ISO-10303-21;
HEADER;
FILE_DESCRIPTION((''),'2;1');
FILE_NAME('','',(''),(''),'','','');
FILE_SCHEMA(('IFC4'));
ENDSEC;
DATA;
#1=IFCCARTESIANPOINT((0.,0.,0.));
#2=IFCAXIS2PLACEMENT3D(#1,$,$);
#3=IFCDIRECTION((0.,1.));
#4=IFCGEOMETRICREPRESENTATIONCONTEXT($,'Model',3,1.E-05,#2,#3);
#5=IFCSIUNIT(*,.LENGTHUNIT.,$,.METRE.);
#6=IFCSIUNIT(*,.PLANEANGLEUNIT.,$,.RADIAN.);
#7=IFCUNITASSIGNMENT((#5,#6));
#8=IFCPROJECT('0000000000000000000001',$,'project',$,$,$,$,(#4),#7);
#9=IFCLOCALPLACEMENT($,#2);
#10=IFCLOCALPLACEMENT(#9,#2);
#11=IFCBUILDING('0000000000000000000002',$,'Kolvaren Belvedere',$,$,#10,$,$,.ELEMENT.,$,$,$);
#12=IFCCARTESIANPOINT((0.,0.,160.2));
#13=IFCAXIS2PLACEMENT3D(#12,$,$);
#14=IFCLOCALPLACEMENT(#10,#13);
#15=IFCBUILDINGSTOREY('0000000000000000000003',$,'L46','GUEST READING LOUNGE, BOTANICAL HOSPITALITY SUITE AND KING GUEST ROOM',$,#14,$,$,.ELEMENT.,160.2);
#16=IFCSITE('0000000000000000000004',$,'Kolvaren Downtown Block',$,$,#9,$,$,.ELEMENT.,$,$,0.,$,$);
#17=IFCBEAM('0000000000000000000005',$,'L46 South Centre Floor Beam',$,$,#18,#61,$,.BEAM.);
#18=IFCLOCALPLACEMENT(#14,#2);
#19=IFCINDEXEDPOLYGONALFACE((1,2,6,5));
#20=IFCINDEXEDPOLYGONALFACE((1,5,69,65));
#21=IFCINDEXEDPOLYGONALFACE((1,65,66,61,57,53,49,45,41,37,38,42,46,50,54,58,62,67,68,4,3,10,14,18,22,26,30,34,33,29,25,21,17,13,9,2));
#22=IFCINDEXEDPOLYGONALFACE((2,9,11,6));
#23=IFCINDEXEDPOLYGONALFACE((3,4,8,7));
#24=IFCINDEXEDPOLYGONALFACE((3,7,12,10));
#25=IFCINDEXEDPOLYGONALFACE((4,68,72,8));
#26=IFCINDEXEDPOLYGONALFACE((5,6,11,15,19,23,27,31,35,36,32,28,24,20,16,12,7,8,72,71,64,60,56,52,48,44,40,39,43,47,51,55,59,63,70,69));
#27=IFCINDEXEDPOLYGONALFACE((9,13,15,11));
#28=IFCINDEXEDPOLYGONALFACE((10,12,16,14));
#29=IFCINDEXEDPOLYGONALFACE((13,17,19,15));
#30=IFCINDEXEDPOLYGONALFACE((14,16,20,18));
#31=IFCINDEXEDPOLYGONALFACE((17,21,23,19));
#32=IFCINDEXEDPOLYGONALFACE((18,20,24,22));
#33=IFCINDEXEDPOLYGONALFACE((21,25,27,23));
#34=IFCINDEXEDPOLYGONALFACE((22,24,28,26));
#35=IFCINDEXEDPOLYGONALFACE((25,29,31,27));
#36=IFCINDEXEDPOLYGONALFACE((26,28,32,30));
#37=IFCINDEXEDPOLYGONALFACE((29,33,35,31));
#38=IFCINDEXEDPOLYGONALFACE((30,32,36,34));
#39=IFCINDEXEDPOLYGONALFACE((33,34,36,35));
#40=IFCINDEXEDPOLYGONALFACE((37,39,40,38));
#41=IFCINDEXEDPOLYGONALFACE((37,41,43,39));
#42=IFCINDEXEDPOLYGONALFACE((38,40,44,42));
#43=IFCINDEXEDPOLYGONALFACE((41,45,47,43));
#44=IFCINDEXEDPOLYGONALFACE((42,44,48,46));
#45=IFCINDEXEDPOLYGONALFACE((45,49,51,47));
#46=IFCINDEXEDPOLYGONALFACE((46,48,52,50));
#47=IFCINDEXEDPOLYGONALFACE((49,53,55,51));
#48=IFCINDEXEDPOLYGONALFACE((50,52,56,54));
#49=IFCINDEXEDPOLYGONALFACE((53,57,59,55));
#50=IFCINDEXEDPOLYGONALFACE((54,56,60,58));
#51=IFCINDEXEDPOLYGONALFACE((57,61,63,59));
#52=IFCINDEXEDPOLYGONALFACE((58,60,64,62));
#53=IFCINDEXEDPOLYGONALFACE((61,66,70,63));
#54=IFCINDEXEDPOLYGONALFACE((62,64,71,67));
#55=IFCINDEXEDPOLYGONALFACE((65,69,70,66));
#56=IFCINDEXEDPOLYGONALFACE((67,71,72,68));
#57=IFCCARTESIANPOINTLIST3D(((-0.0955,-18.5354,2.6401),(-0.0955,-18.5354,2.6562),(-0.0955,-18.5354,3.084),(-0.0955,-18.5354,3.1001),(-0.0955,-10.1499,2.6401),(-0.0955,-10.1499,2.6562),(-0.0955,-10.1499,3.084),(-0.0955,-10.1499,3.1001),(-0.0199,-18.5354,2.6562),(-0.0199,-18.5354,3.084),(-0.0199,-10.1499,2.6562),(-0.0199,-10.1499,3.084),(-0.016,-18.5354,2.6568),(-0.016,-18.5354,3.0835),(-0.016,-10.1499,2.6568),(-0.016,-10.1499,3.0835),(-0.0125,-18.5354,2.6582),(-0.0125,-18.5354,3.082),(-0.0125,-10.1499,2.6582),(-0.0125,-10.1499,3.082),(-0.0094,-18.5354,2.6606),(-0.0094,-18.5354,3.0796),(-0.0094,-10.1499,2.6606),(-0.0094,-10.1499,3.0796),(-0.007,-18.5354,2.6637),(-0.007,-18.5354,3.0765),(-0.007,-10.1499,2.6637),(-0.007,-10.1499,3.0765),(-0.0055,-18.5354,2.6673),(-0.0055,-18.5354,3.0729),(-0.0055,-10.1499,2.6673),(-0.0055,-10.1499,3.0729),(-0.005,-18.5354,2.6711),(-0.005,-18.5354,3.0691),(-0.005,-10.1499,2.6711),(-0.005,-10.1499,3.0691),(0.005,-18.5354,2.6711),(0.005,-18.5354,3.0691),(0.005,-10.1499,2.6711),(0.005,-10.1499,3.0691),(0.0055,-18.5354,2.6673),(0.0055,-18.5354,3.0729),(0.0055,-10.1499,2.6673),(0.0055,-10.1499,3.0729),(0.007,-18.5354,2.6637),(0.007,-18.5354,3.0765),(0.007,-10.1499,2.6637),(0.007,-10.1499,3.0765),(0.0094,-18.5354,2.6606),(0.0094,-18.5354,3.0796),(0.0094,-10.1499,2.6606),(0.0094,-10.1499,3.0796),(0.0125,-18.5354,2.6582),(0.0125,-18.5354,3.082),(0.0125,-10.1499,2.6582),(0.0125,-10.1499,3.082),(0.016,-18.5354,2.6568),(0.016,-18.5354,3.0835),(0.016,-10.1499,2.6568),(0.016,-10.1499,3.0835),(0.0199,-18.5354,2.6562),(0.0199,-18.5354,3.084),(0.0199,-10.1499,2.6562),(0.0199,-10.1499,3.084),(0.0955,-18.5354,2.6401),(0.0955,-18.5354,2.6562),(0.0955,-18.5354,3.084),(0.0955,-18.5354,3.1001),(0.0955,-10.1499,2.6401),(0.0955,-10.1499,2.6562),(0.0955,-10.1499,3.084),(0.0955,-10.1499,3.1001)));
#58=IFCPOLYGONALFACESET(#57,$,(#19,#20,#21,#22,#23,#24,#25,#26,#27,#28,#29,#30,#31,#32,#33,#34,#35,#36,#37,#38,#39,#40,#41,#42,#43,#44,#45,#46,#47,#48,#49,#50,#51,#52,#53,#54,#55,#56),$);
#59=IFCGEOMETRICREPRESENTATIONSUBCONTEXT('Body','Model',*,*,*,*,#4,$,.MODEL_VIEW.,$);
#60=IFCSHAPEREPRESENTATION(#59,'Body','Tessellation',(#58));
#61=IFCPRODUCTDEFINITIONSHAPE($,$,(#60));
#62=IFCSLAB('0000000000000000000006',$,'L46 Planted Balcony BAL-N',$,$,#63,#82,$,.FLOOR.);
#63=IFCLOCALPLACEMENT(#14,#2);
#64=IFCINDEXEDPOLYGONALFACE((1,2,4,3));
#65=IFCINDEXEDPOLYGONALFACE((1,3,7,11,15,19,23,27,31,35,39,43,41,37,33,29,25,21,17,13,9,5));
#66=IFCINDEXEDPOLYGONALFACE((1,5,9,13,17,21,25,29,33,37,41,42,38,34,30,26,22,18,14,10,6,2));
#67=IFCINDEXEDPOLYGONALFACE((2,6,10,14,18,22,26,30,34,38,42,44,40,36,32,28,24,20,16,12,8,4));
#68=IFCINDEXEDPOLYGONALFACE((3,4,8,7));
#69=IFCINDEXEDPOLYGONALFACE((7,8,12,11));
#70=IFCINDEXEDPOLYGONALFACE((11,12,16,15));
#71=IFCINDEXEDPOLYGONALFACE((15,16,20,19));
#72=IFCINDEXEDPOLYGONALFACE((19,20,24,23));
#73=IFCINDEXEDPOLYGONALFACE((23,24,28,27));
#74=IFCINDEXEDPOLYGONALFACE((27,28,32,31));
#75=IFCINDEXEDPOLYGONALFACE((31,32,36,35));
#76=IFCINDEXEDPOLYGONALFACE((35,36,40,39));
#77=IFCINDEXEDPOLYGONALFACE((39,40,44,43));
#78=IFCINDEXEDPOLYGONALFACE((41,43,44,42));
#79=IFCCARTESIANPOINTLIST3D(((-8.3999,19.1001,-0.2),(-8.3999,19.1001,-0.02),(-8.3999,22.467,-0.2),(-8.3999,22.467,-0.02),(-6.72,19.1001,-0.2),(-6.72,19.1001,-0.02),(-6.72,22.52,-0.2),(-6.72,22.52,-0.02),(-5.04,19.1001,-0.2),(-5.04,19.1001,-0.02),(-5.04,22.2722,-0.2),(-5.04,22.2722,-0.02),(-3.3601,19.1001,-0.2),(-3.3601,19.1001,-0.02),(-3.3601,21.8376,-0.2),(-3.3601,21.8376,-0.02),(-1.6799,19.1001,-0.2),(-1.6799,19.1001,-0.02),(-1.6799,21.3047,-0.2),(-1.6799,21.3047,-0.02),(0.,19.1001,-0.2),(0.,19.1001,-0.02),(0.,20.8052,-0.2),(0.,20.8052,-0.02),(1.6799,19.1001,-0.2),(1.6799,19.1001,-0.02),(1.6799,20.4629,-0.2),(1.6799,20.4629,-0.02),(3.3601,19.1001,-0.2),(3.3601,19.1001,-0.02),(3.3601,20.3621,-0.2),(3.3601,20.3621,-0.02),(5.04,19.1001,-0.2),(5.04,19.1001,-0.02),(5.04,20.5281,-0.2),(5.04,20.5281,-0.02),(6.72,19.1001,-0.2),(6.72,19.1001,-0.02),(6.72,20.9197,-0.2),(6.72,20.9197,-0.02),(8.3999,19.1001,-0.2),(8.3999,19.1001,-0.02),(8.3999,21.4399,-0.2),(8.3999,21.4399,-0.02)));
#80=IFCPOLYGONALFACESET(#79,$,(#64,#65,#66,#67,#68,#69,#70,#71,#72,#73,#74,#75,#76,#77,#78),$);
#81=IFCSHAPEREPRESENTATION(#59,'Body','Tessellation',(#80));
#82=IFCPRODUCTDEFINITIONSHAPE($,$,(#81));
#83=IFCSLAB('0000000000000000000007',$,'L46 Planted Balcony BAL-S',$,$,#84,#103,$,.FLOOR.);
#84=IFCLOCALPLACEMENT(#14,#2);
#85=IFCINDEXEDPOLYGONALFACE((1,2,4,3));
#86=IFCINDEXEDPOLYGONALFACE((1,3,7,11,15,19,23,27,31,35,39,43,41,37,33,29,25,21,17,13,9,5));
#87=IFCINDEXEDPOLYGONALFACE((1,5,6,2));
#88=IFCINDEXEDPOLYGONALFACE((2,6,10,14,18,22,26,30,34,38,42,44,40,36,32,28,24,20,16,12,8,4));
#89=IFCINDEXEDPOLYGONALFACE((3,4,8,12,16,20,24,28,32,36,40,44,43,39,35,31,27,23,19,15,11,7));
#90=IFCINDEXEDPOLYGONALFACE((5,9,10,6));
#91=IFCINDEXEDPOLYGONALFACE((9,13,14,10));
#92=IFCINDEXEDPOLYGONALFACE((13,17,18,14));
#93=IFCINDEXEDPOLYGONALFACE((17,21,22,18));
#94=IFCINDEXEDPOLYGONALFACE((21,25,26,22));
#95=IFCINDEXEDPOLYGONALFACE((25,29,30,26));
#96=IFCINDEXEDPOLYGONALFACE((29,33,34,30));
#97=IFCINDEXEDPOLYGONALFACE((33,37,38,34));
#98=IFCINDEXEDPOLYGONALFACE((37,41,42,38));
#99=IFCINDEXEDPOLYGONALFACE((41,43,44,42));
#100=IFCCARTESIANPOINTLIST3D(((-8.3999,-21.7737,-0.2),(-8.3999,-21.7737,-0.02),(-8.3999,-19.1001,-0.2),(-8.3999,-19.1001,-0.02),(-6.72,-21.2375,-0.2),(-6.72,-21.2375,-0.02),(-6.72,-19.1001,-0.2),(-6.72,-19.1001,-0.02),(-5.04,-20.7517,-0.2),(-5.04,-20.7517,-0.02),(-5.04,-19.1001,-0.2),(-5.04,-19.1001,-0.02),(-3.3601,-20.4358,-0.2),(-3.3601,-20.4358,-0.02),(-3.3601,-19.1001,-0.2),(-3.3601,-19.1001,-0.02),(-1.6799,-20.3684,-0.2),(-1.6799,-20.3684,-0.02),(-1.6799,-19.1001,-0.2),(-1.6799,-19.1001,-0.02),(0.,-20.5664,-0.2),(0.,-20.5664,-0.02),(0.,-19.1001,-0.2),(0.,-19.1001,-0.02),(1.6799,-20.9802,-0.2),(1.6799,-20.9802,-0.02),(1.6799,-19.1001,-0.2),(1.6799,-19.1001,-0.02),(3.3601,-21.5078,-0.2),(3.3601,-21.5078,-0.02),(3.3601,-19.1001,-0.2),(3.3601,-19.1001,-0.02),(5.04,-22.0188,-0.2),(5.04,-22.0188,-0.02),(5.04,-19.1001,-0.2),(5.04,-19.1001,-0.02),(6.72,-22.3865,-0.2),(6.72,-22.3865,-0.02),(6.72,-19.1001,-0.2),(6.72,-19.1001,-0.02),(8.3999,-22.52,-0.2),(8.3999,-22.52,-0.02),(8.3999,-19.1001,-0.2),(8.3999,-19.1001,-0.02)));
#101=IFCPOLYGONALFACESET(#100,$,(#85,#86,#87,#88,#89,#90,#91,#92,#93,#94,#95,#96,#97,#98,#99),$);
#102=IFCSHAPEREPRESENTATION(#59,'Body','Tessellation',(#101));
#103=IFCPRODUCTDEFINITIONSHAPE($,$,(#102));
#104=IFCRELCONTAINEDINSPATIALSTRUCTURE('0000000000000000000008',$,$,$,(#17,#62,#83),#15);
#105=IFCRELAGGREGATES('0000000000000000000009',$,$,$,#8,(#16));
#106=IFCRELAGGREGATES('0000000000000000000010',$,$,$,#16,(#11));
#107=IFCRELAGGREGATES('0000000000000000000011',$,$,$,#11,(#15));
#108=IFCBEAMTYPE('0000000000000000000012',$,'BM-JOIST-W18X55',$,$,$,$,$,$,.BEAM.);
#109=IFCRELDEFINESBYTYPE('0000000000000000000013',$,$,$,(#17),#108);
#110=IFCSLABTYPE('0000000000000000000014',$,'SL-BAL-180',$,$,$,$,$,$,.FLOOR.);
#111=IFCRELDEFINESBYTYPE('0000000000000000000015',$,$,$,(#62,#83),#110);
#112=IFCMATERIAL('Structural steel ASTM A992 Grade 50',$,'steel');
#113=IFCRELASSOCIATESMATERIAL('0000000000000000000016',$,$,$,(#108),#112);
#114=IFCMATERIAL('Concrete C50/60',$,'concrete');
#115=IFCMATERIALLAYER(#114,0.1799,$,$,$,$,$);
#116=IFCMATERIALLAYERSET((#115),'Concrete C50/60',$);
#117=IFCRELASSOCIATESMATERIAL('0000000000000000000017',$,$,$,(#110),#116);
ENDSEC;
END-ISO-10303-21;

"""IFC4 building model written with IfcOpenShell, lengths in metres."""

from ifc_helpers import new_model, si_unit, direction, frame, origin, origin_2d, place, context, subcontext, project, spatial, polyline, i_section, outline, extrude, material, layer, layer_set, material_profile, profile_set, type_object, element, save


model = new_model("IFC4")

# Units and contexts
model_context = context("Model", 3, precision=1e-05, world=origin(), true_north=direction((0.0, 1.0)))
body_context = subcontext(model_context, "Body", "Model", "MODEL_VIEW")
ifc_project = project(units=[si_unit("LENGTHUNIT", "METRE"), si_unit("PLANEANGLEUNIT", "RADIAN")], contexts=[model_context])

# Site, building, storey
site_placement = place(None, origin())
site = spatial("IfcSite", under=ifc_project, at=site_placement, Name="Kolvaren Downtown Block", CompositionType="ELEMENT", RefElevation=0.0)
building_placement = place(site_placement, origin())
building = spatial("IfcBuilding", under=site, at=building_placement, Name="Kolvaren Belvedere", CompositionType="ELEMENT")
storey_placement = place(building_placement, frame((0.0, 0.0, 160.2)))
storey = spatial("IfcBuildingStorey", under=building, at=storey_placement, Name="L46", Description="GUEST READING LOUNGE, BOTANICAL HOSPITALITY SUITE AND KING GUEST ROOM", CompositionType="ELEMENT", Elevation=160.2)

# Beam
ifc_material_1 = material(Name="Structural steel ASTM A992 Grade 50", Category="steel")
ifc_material_profile_1 = material_profile(ifc_material_1, i_section(OverallWidth=0.1909, OverallDepth=0.46, WebThickness=0.01, FlangeThickness=0.0161, FilletRadius=0.0149, at=origin_2d()), Name="W18X55")
ifc_profile_set_1 = profile_set([ifc_material_profile_1], Name="Structural steel ASTM A992 Grade 50")
beam_type_1 = type_object("IfcBeamType", Name="BM-JOIST-W18X55", PredefinedType="BEAM", material=ifc_profile_set_1)
beam_1_placement = place(storey_placement, frame((0.0, -10.1499, 2.8701), z_axis=(0.0, -1.0, 0.0), x_axis=(1.0, 0.0, 0.0)))
element("IfcBeam", 1, at=beam_1_placement, inside=storey, type_object=beam_type_1, Name="L46 South Centre Floor Beam", PredefinedType="BEAM", context=body_context, shape_type="SweptSolid", body=[
    extrude(i_section(OverallWidth=0.1909, OverallDepth=0.46, WebThickness=0.01, FlangeThickness=0.0161, FilletRadius=0.0149, at=origin_2d()), origin(), (0.0, 0.0, 1.0), 8.3855),
])

# Slabs
ifc_material_2 = material(Name="Concrete C50/60", Category="concrete")
ifc_layer_1 = layer(ifc_material_2, 0.1799)
ifc_layer_set_1 = layer_set([ifc_layer_1], Name="Concrete C50/60")
slab_type_1 = type_object("IfcSlabType", Name="SL-BAL-180", PredefinedType="FLOOR", material=ifc_layer_set_1)
slab_1_placement = place(storey_placement, frame((0.0, 0.0, -0.2)))
element("IfcSlab", 2, at=slab_1_placement, inside=storey, type_object=slab_type_1, Name="L46 Planted Balcony BAL-N", PredefinedType="FLOOR", context=body_context, shape_type="SweptSolid", body=[
    extrude(outline(polyline([(-8.3999, 19.1001), (-6.72, 19.1001), (-5.04, 19.1001), (-3.3601, 19.1001), (-1.6799, 19.1001), (0.0, 19.1001), (1.6799, 19.1001), (3.3601, 19.1001), (5.04, 19.1001), (6.72, 19.1001), (8.3999, 19.1001), (8.3999, 21.4399), (6.72, 20.9197), (5.04, 20.5281), (3.3601, 20.3621), (1.6799, 20.4629), (0.0, 20.8052), (-1.6799, 21.3047), (-3.3601, 21.8376), (-5.04, 22.2722), (-6.72, 22.52), (-8.3999, 22.467), (-8.3999, 19.1001)])), origin(), (0.0, 0.0, 1.0), 0.1799),
])
slab_2_placement = place(storey_placement, frame((0.0, 0.0, -0.2)))
element("IfcSlab", 3, at=slab_2_placement, inside=storey, type_object=slab_type_1, Name="L46 Planted Balcony BAL-S", PredefinedType="FLOOR", context=body_context, shape_type="SweptSolid", body=[
    extrude(outline(polyline([(-8.3999, -21.7737), (-6.72, -21.2375), (-5.04, -20.7517), (-3.3601, -20.4358), (-1.6799, -20.3684), (0.0, -20.5664), (1.6799, -20.9802), (3.3601, -21.5078), (5.04, -22.0188), (6.72, -22.3865), (8.3999, -22.52), (8.3999, -19.1001), (6.72, -19.1001), (5.04, -19.1001), (3.3601, -19.1001), (1.6799, -19.1001), (0.0, -19.1001), (-1.6799, -19.1001), (-3.3601, -19.1001), (-5.04, -19.1001), (-6.72, -19.1001), (-8.3999, -19.1001), (-8.3999, -21.7737)])), origin(), (0.0, 0.0, 1.0), 0.1799),
])

save(model, "model.ifc")
